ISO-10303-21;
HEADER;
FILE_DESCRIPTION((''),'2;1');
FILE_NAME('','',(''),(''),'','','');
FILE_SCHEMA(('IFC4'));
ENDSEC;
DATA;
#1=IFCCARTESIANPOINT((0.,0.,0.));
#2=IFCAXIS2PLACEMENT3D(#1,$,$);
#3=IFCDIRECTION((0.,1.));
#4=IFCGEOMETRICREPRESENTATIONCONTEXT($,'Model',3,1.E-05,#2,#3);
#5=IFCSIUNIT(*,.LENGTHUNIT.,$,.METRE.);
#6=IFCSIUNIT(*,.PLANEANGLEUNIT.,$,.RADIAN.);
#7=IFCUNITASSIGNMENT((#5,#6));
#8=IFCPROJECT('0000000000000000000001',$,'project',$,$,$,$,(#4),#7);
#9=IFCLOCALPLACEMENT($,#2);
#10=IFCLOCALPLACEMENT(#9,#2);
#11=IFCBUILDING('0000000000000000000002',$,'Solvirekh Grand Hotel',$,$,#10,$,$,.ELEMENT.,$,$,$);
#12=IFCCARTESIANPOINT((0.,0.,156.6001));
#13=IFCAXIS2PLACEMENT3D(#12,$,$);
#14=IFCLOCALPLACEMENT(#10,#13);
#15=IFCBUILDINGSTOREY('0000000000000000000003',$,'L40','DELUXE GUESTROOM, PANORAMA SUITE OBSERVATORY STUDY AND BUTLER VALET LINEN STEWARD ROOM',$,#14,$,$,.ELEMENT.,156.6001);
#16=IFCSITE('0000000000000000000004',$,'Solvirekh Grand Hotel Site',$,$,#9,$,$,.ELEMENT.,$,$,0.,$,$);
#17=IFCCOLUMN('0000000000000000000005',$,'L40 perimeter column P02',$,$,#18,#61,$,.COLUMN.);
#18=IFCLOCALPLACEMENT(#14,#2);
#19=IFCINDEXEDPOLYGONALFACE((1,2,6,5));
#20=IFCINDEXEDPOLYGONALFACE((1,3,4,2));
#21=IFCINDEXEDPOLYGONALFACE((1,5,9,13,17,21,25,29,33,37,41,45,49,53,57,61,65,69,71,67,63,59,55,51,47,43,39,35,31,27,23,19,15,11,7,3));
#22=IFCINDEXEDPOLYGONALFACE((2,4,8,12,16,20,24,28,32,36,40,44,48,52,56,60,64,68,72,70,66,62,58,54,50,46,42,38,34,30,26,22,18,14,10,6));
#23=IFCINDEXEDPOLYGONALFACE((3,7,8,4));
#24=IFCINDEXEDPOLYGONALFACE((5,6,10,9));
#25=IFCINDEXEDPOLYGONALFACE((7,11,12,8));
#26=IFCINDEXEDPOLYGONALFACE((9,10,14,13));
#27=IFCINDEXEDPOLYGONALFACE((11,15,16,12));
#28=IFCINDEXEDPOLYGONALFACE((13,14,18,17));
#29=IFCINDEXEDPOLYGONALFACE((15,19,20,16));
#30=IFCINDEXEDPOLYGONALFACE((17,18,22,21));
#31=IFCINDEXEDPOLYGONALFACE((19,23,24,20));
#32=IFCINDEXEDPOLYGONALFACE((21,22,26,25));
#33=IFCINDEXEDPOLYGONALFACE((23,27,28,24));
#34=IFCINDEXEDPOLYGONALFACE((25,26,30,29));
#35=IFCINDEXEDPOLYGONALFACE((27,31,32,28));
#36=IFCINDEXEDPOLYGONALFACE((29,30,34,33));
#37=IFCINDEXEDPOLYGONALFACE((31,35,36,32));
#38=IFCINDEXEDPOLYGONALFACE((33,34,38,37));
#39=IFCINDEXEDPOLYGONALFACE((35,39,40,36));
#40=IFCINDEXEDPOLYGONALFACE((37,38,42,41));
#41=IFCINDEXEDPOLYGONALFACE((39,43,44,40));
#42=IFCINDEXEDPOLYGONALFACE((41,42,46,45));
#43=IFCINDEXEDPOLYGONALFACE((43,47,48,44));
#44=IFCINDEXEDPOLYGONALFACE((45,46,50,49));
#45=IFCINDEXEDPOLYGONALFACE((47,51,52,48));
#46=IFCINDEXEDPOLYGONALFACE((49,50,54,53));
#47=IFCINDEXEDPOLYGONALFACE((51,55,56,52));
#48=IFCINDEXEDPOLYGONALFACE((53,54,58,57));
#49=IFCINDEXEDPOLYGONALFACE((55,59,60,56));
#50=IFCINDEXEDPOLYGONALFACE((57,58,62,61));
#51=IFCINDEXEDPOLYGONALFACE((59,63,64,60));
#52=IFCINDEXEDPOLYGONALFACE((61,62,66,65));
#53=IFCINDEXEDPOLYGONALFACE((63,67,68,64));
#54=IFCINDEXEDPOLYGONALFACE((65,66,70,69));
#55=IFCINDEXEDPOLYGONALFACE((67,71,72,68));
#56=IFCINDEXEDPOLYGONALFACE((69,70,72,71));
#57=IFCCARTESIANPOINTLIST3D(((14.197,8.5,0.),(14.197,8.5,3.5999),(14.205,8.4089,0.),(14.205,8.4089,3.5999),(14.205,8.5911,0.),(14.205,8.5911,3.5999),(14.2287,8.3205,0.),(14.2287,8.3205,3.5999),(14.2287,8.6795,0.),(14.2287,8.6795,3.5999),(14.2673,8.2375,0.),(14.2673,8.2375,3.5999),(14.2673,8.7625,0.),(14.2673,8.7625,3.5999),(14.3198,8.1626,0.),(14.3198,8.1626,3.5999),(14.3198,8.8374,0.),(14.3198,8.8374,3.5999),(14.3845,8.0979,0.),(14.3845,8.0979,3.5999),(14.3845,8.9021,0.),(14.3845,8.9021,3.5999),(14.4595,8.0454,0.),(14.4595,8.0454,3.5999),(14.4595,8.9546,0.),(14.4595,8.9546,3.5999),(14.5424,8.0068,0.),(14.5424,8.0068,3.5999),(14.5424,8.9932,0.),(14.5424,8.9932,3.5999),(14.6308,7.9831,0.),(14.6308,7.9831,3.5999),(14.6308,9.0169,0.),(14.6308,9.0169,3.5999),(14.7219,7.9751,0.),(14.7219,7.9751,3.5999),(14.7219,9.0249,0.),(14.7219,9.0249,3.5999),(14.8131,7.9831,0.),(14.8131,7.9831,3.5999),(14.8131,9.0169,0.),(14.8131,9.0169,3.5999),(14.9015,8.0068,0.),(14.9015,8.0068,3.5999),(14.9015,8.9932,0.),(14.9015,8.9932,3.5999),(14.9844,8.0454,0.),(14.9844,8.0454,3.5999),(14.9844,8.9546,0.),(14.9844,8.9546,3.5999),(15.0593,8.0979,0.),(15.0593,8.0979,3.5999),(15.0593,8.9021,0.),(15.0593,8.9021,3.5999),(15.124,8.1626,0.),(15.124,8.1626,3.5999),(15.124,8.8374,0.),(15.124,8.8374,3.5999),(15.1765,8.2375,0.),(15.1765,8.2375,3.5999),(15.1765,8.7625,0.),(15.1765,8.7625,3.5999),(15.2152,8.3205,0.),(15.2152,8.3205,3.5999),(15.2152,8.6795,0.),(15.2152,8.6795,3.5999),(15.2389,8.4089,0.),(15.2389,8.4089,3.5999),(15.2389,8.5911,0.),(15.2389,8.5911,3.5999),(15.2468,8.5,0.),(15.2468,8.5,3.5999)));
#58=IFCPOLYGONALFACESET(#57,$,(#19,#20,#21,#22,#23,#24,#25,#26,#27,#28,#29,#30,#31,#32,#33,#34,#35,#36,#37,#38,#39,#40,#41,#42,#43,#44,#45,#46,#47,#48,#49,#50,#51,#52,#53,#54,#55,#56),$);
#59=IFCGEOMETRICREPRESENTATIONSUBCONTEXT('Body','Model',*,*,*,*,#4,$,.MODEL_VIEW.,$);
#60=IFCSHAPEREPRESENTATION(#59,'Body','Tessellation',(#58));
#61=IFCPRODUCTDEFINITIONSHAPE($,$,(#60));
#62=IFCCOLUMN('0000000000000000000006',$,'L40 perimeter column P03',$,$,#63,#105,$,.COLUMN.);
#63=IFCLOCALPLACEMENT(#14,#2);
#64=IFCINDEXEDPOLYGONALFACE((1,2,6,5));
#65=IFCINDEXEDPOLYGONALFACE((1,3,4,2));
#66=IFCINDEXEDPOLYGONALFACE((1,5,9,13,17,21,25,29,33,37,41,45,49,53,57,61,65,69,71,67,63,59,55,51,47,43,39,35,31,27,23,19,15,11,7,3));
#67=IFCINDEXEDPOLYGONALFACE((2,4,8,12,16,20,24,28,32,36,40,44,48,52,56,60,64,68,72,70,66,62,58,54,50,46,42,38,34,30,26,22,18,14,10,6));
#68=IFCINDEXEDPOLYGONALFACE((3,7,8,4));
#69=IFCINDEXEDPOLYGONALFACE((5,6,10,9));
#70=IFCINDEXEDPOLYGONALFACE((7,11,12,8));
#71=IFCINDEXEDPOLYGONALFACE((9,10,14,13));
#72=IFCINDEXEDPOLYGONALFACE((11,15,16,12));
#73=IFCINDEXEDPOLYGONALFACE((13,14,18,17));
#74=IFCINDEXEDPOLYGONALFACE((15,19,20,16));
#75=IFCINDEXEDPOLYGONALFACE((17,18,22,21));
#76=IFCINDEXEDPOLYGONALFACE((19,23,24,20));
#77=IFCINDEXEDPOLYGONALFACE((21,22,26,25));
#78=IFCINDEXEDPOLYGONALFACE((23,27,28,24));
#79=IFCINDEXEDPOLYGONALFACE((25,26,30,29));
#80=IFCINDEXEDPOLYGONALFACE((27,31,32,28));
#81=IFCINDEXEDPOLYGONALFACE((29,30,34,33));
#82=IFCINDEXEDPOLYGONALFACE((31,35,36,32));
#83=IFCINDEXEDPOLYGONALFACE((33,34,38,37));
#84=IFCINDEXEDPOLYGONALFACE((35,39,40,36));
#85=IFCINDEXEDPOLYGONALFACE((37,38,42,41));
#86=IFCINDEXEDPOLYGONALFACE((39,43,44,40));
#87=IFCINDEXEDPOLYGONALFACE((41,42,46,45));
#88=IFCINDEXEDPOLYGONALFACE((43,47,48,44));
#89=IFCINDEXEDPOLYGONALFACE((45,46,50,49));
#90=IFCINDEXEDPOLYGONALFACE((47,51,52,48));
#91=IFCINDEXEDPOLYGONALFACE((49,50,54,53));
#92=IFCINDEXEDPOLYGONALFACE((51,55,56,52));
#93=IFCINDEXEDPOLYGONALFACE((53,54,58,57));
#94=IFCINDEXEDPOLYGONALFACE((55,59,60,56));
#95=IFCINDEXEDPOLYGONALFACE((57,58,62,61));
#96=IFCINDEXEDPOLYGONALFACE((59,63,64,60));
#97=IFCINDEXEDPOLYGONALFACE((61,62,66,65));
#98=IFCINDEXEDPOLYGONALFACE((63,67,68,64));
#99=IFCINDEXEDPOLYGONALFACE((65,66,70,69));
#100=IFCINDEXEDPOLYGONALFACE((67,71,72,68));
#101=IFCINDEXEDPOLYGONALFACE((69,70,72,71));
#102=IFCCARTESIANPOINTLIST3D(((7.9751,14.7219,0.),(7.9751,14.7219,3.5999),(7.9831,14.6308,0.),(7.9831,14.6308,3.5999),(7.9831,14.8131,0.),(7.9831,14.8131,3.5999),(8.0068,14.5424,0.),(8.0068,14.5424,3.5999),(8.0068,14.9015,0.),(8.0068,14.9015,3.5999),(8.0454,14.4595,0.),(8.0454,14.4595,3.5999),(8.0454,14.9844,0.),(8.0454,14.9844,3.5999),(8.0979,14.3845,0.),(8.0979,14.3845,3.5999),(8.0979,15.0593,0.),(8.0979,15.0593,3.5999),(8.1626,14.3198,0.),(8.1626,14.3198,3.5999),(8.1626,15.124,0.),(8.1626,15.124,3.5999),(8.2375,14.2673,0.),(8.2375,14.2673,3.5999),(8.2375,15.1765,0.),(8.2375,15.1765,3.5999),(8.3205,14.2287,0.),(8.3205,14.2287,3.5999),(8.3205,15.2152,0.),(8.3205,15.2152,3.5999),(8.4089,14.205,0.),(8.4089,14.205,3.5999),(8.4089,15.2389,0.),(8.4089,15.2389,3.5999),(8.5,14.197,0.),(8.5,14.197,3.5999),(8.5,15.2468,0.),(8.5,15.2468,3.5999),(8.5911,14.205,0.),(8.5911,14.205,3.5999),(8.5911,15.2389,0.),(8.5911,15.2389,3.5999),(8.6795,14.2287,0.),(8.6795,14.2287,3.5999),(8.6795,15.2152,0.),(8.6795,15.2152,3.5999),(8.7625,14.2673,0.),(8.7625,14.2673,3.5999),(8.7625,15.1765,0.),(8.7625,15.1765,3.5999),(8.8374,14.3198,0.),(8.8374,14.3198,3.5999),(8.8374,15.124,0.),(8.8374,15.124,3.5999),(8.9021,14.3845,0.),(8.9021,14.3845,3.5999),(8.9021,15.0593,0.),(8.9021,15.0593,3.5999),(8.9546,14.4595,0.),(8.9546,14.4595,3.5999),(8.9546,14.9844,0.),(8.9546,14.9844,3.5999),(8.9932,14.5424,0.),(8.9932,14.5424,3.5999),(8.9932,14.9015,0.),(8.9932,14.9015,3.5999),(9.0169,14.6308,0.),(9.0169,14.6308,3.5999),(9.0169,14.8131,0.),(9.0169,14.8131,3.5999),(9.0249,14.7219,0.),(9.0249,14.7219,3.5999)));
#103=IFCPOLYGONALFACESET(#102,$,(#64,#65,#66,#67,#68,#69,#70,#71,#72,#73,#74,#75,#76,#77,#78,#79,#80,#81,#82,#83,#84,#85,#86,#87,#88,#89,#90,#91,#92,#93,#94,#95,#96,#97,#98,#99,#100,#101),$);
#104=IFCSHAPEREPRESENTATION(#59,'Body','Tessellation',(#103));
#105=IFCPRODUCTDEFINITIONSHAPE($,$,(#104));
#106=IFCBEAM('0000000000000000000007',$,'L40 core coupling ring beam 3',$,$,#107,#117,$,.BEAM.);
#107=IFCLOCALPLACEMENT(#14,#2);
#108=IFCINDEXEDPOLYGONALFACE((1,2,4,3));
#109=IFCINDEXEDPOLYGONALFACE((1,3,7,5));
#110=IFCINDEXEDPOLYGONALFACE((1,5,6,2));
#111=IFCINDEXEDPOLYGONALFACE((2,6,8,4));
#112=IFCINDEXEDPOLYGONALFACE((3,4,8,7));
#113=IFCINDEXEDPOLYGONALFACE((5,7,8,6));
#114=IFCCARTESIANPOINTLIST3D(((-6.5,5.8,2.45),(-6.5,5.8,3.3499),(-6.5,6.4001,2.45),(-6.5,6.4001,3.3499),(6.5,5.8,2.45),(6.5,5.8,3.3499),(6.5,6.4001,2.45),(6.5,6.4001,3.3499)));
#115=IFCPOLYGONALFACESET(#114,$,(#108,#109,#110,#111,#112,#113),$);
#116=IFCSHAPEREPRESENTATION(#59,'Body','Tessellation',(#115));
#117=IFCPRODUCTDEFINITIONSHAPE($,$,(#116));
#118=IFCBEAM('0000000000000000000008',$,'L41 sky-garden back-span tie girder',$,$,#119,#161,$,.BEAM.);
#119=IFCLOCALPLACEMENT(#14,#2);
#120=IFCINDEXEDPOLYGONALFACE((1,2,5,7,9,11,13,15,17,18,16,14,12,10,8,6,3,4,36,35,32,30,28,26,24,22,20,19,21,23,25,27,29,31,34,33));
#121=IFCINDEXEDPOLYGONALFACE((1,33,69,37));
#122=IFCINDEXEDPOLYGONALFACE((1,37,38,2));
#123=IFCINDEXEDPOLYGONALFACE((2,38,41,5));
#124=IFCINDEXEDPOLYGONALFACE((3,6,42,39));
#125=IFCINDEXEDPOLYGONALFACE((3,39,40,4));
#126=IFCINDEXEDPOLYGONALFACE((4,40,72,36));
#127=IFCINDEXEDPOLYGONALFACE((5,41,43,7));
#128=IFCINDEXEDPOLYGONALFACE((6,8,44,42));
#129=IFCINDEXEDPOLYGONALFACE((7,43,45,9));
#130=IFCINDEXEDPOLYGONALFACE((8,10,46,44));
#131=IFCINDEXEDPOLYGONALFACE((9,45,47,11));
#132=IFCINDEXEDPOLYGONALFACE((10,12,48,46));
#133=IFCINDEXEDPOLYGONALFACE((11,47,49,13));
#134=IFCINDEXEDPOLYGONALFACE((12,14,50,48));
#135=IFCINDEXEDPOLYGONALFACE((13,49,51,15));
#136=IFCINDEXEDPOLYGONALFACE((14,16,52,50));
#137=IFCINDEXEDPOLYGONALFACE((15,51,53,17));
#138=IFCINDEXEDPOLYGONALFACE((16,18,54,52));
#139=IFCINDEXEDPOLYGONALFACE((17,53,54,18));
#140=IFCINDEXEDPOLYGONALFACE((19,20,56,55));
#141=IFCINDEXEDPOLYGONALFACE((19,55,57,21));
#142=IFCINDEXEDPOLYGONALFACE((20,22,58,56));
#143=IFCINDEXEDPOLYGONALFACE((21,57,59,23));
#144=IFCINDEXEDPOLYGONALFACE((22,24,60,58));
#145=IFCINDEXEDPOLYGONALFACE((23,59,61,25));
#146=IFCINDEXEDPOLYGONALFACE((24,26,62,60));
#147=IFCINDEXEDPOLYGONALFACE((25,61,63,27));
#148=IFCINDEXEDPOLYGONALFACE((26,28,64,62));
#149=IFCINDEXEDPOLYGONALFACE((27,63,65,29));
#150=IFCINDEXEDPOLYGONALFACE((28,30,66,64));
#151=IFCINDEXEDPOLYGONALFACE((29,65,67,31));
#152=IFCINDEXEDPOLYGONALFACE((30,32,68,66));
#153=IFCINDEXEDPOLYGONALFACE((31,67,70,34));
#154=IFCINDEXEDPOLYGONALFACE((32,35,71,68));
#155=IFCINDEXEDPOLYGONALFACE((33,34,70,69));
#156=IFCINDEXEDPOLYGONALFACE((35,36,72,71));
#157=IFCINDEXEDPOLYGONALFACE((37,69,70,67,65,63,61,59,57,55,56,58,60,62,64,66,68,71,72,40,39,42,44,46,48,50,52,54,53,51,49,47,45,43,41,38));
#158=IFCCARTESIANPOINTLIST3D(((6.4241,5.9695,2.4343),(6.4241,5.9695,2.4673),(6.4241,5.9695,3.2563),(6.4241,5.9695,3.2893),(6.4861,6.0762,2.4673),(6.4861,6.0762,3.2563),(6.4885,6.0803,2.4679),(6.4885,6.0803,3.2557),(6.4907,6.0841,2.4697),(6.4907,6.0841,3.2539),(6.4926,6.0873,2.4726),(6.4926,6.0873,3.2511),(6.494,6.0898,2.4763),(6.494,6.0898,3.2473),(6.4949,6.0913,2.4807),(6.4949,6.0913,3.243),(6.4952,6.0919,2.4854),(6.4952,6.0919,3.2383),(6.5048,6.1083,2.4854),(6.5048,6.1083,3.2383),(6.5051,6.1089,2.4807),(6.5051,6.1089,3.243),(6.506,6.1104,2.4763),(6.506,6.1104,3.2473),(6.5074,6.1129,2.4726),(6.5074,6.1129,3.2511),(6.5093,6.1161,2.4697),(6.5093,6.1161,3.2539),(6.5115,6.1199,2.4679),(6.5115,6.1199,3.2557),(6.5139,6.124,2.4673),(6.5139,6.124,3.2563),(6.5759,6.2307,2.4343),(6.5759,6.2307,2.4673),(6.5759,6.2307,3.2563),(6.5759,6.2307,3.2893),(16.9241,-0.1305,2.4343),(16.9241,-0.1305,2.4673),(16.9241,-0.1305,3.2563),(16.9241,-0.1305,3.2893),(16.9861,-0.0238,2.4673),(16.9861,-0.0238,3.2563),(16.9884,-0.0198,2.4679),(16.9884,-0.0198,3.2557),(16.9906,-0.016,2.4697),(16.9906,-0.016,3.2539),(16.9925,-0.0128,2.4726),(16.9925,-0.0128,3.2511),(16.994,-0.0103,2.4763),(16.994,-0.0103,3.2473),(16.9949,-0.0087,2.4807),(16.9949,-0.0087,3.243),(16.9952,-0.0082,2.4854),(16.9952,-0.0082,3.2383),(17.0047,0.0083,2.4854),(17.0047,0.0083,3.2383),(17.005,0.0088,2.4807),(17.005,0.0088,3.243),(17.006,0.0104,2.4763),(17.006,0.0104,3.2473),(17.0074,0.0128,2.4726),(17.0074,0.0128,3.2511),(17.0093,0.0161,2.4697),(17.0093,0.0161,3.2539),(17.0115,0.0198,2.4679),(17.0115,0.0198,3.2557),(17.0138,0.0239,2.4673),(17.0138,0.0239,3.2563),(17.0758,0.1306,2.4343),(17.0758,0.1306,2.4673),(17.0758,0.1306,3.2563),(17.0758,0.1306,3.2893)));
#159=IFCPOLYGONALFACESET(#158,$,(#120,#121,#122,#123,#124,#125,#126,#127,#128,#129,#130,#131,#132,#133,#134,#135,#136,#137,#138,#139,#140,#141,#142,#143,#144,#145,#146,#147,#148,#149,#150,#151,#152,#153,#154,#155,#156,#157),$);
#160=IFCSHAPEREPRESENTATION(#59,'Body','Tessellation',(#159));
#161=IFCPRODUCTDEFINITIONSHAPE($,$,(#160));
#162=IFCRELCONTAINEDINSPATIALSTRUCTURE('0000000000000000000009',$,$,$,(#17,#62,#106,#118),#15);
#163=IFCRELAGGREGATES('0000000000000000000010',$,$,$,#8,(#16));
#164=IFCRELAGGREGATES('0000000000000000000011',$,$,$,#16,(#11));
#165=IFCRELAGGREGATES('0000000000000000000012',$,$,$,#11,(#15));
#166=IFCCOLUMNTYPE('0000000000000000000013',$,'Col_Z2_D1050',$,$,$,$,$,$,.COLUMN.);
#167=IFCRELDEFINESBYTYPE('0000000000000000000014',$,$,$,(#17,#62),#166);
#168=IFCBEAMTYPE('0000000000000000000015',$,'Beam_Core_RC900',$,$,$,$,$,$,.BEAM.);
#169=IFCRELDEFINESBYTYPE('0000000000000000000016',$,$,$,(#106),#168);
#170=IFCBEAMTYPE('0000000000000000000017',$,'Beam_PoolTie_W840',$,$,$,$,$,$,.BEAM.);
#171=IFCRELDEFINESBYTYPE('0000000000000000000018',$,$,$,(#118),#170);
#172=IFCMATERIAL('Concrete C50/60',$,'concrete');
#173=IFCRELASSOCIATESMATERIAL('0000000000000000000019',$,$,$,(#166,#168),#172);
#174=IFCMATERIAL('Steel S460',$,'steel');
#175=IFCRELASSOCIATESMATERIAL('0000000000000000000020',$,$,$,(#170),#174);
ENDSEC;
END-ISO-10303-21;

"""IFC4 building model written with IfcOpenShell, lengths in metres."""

from ifc_helpers import new_model, si_unit, direction, frame, origin, origin_2d, place, context, subcontext, project, spatial, rectangle, circle, i_section, extrude, material, material_profile, profile_set, type_object, element, save


model = new_model("IFC4")

# Units and contexts
model_context = context("Model", 3, precision=1e-05, world=origin(), true_north=direction((0.0, 1.0)))
body_context = subcontext(model_context, "Body", "Model", "MODEL_VIEW")
ifc_project = project(units=[si_unit("LENGTHUNIT", "METRE"), si_unit("PLANEANGLEUNIT", "RADIAN")], contexts=[model_context])

# Site, building, storey
site_placement = place(None, origin())
site = spatial("IfcSite", under=ifc_project, at=site_placement, Name="Solvirekh Grand Hotel Site", CompositionType="ELEMENT", RefElevation=0.0)
building_placement = place(site_placement, origin())
building = spatial("IfcBuilding", under=site, at=building_placement, Name="Solvirekh Grand Hotel", CompositionType="ELEMENT")
storey_placement = place(building_placement, frame((0.0, 0.0, 156.6001)))
storey = spatial("IfcBuildingStorey", under=building, at=storey_placement, Name="L40", Description="DELUXE GUESTROOM, PANORAMA SUITE OBSERVATORY STUDY AND BUTLER VALET LINEN STEWARD ROOM", CompositionType="ELEMENT", Elevation=156.6001)

# Columns
ifc_material_1 = material(Name="Concrete C50/60", Category="concrete")
ifc_material_profile_1 = material_profile(ifc_material_1, circle(Radius=0.5249, at=origin_2d()), Name="RC CIRC D1050")
ifc_profile_set_1 = profile_set([ifc_material_profile_1], Name="Concrete C50/60")
column_type = type_object("IfcColumnType", Name="Col_Z2_D1050", PredefinedType="COLUMN", material=ifc_profile_set_1)
for number, where, z_axis, x_axis, name in (
    (1, (14.7219, 8.5, 0.0), (0.0, 0.0, 1.0), (1.0, 0.0, 0.0), "L40 perimeter column P02"),
    (2, (8.5, 14.7219, 0.0), (0.0, 0.0, 1.0), (1.0, 0.0, 0.0), "L40 perimeter column P03"),
):
    element("IfcColumn", number, at=place(storey_placement, frame(where, z_axis=z_axis, x_axis=x_axis)), inside=storey, type_object=column_type, Name=name, PredefinedType="COLUMN", context=body_context, shape_type="SweptSolid", body=[
        extrude(circle(Radius=0.5249, at=origin_2d()), origin(), (0.0, 0.0, 1.0), 3.5999),
    ])

# Beams
ifc_material_profile_2 = material_profile(ifc_material_1, rectangle(XDim=0.6001, YDim=0.8999, at=origin_2d()), Name="RC BEAM 600X900")
ifc_profile_set_2 = profile_set([ifc_material_profile_2], Name="Concrete C50/60")
beam_type_1 = type_object("IfcBeamType", Name="Beam_Core_RC900", PredefinedType="BEAM", material=ifc_profile_set_2)
beam_1_placement = place(storey_placement, frame((6.5, 6.1001, 2.8999), z_axis=(-1.0, 0.0, 0.0), x_axis=(0.0, -1.0, 0.0)))
element("IfcBeam", 3, at=beam_1_placement, inside=storey, type_object=beam_type_1, Name="L40 core coupling ring beam 3", PredefinedType="BEAM", context=body_context, shape_type="SweptSolid", body=[
    extrude(rectangle(XDim=0.6001, YDim=0.8999, at=origin_2d()), origin(), (0.0, 0.0, 1.0), 13.0),
])
ifc_material_2 = material(Name="Steel S460", Category="steel")
ifc_material_profile_3 = material_profile(ifc_material_2, i_section(OverallWidth=0.302, OverallDepth=0.855, WebThickness=0.019, FlangeThickness=0.033, FilletRadius=0.0181, at=origin_2d()), Name="W840X299")
ifc_profile_set_3 = profile_set([ifc_material_profile_3], Name="Steel S460")
beam_type_2 = type_object("IfcBeamType", Name="Beam_PoolTie_W840", PredefinedType="BEAM", material=ifc_profile_set_3)
beam_2_placement = place(storey_placement, frame((6.5, 6.1001, 2.8618), z_axis=(0.86467, -0.50234, 0.0), x_axis=(0.50234, 0.86467, 0.0)))
element("IfcBeam", 4, at=beam_2_placement, inside=storey, type_object=beam_type_2, Name="L41 sky-garden back-span tie girder", PredefinedType="BEAM", context=body_context, shape_type="SweptSolid", body=[
    extrude(i_section(OverallWidth=0.302, OverallDepth=0.855, WebThickness=0.019, FlangeThickness=0.033, FilletRadius=0.0181, at=origin_2d()), origin(), (0.0, 0.0, 1.0), 12.1433),
])

save(model, "model.ifc")
